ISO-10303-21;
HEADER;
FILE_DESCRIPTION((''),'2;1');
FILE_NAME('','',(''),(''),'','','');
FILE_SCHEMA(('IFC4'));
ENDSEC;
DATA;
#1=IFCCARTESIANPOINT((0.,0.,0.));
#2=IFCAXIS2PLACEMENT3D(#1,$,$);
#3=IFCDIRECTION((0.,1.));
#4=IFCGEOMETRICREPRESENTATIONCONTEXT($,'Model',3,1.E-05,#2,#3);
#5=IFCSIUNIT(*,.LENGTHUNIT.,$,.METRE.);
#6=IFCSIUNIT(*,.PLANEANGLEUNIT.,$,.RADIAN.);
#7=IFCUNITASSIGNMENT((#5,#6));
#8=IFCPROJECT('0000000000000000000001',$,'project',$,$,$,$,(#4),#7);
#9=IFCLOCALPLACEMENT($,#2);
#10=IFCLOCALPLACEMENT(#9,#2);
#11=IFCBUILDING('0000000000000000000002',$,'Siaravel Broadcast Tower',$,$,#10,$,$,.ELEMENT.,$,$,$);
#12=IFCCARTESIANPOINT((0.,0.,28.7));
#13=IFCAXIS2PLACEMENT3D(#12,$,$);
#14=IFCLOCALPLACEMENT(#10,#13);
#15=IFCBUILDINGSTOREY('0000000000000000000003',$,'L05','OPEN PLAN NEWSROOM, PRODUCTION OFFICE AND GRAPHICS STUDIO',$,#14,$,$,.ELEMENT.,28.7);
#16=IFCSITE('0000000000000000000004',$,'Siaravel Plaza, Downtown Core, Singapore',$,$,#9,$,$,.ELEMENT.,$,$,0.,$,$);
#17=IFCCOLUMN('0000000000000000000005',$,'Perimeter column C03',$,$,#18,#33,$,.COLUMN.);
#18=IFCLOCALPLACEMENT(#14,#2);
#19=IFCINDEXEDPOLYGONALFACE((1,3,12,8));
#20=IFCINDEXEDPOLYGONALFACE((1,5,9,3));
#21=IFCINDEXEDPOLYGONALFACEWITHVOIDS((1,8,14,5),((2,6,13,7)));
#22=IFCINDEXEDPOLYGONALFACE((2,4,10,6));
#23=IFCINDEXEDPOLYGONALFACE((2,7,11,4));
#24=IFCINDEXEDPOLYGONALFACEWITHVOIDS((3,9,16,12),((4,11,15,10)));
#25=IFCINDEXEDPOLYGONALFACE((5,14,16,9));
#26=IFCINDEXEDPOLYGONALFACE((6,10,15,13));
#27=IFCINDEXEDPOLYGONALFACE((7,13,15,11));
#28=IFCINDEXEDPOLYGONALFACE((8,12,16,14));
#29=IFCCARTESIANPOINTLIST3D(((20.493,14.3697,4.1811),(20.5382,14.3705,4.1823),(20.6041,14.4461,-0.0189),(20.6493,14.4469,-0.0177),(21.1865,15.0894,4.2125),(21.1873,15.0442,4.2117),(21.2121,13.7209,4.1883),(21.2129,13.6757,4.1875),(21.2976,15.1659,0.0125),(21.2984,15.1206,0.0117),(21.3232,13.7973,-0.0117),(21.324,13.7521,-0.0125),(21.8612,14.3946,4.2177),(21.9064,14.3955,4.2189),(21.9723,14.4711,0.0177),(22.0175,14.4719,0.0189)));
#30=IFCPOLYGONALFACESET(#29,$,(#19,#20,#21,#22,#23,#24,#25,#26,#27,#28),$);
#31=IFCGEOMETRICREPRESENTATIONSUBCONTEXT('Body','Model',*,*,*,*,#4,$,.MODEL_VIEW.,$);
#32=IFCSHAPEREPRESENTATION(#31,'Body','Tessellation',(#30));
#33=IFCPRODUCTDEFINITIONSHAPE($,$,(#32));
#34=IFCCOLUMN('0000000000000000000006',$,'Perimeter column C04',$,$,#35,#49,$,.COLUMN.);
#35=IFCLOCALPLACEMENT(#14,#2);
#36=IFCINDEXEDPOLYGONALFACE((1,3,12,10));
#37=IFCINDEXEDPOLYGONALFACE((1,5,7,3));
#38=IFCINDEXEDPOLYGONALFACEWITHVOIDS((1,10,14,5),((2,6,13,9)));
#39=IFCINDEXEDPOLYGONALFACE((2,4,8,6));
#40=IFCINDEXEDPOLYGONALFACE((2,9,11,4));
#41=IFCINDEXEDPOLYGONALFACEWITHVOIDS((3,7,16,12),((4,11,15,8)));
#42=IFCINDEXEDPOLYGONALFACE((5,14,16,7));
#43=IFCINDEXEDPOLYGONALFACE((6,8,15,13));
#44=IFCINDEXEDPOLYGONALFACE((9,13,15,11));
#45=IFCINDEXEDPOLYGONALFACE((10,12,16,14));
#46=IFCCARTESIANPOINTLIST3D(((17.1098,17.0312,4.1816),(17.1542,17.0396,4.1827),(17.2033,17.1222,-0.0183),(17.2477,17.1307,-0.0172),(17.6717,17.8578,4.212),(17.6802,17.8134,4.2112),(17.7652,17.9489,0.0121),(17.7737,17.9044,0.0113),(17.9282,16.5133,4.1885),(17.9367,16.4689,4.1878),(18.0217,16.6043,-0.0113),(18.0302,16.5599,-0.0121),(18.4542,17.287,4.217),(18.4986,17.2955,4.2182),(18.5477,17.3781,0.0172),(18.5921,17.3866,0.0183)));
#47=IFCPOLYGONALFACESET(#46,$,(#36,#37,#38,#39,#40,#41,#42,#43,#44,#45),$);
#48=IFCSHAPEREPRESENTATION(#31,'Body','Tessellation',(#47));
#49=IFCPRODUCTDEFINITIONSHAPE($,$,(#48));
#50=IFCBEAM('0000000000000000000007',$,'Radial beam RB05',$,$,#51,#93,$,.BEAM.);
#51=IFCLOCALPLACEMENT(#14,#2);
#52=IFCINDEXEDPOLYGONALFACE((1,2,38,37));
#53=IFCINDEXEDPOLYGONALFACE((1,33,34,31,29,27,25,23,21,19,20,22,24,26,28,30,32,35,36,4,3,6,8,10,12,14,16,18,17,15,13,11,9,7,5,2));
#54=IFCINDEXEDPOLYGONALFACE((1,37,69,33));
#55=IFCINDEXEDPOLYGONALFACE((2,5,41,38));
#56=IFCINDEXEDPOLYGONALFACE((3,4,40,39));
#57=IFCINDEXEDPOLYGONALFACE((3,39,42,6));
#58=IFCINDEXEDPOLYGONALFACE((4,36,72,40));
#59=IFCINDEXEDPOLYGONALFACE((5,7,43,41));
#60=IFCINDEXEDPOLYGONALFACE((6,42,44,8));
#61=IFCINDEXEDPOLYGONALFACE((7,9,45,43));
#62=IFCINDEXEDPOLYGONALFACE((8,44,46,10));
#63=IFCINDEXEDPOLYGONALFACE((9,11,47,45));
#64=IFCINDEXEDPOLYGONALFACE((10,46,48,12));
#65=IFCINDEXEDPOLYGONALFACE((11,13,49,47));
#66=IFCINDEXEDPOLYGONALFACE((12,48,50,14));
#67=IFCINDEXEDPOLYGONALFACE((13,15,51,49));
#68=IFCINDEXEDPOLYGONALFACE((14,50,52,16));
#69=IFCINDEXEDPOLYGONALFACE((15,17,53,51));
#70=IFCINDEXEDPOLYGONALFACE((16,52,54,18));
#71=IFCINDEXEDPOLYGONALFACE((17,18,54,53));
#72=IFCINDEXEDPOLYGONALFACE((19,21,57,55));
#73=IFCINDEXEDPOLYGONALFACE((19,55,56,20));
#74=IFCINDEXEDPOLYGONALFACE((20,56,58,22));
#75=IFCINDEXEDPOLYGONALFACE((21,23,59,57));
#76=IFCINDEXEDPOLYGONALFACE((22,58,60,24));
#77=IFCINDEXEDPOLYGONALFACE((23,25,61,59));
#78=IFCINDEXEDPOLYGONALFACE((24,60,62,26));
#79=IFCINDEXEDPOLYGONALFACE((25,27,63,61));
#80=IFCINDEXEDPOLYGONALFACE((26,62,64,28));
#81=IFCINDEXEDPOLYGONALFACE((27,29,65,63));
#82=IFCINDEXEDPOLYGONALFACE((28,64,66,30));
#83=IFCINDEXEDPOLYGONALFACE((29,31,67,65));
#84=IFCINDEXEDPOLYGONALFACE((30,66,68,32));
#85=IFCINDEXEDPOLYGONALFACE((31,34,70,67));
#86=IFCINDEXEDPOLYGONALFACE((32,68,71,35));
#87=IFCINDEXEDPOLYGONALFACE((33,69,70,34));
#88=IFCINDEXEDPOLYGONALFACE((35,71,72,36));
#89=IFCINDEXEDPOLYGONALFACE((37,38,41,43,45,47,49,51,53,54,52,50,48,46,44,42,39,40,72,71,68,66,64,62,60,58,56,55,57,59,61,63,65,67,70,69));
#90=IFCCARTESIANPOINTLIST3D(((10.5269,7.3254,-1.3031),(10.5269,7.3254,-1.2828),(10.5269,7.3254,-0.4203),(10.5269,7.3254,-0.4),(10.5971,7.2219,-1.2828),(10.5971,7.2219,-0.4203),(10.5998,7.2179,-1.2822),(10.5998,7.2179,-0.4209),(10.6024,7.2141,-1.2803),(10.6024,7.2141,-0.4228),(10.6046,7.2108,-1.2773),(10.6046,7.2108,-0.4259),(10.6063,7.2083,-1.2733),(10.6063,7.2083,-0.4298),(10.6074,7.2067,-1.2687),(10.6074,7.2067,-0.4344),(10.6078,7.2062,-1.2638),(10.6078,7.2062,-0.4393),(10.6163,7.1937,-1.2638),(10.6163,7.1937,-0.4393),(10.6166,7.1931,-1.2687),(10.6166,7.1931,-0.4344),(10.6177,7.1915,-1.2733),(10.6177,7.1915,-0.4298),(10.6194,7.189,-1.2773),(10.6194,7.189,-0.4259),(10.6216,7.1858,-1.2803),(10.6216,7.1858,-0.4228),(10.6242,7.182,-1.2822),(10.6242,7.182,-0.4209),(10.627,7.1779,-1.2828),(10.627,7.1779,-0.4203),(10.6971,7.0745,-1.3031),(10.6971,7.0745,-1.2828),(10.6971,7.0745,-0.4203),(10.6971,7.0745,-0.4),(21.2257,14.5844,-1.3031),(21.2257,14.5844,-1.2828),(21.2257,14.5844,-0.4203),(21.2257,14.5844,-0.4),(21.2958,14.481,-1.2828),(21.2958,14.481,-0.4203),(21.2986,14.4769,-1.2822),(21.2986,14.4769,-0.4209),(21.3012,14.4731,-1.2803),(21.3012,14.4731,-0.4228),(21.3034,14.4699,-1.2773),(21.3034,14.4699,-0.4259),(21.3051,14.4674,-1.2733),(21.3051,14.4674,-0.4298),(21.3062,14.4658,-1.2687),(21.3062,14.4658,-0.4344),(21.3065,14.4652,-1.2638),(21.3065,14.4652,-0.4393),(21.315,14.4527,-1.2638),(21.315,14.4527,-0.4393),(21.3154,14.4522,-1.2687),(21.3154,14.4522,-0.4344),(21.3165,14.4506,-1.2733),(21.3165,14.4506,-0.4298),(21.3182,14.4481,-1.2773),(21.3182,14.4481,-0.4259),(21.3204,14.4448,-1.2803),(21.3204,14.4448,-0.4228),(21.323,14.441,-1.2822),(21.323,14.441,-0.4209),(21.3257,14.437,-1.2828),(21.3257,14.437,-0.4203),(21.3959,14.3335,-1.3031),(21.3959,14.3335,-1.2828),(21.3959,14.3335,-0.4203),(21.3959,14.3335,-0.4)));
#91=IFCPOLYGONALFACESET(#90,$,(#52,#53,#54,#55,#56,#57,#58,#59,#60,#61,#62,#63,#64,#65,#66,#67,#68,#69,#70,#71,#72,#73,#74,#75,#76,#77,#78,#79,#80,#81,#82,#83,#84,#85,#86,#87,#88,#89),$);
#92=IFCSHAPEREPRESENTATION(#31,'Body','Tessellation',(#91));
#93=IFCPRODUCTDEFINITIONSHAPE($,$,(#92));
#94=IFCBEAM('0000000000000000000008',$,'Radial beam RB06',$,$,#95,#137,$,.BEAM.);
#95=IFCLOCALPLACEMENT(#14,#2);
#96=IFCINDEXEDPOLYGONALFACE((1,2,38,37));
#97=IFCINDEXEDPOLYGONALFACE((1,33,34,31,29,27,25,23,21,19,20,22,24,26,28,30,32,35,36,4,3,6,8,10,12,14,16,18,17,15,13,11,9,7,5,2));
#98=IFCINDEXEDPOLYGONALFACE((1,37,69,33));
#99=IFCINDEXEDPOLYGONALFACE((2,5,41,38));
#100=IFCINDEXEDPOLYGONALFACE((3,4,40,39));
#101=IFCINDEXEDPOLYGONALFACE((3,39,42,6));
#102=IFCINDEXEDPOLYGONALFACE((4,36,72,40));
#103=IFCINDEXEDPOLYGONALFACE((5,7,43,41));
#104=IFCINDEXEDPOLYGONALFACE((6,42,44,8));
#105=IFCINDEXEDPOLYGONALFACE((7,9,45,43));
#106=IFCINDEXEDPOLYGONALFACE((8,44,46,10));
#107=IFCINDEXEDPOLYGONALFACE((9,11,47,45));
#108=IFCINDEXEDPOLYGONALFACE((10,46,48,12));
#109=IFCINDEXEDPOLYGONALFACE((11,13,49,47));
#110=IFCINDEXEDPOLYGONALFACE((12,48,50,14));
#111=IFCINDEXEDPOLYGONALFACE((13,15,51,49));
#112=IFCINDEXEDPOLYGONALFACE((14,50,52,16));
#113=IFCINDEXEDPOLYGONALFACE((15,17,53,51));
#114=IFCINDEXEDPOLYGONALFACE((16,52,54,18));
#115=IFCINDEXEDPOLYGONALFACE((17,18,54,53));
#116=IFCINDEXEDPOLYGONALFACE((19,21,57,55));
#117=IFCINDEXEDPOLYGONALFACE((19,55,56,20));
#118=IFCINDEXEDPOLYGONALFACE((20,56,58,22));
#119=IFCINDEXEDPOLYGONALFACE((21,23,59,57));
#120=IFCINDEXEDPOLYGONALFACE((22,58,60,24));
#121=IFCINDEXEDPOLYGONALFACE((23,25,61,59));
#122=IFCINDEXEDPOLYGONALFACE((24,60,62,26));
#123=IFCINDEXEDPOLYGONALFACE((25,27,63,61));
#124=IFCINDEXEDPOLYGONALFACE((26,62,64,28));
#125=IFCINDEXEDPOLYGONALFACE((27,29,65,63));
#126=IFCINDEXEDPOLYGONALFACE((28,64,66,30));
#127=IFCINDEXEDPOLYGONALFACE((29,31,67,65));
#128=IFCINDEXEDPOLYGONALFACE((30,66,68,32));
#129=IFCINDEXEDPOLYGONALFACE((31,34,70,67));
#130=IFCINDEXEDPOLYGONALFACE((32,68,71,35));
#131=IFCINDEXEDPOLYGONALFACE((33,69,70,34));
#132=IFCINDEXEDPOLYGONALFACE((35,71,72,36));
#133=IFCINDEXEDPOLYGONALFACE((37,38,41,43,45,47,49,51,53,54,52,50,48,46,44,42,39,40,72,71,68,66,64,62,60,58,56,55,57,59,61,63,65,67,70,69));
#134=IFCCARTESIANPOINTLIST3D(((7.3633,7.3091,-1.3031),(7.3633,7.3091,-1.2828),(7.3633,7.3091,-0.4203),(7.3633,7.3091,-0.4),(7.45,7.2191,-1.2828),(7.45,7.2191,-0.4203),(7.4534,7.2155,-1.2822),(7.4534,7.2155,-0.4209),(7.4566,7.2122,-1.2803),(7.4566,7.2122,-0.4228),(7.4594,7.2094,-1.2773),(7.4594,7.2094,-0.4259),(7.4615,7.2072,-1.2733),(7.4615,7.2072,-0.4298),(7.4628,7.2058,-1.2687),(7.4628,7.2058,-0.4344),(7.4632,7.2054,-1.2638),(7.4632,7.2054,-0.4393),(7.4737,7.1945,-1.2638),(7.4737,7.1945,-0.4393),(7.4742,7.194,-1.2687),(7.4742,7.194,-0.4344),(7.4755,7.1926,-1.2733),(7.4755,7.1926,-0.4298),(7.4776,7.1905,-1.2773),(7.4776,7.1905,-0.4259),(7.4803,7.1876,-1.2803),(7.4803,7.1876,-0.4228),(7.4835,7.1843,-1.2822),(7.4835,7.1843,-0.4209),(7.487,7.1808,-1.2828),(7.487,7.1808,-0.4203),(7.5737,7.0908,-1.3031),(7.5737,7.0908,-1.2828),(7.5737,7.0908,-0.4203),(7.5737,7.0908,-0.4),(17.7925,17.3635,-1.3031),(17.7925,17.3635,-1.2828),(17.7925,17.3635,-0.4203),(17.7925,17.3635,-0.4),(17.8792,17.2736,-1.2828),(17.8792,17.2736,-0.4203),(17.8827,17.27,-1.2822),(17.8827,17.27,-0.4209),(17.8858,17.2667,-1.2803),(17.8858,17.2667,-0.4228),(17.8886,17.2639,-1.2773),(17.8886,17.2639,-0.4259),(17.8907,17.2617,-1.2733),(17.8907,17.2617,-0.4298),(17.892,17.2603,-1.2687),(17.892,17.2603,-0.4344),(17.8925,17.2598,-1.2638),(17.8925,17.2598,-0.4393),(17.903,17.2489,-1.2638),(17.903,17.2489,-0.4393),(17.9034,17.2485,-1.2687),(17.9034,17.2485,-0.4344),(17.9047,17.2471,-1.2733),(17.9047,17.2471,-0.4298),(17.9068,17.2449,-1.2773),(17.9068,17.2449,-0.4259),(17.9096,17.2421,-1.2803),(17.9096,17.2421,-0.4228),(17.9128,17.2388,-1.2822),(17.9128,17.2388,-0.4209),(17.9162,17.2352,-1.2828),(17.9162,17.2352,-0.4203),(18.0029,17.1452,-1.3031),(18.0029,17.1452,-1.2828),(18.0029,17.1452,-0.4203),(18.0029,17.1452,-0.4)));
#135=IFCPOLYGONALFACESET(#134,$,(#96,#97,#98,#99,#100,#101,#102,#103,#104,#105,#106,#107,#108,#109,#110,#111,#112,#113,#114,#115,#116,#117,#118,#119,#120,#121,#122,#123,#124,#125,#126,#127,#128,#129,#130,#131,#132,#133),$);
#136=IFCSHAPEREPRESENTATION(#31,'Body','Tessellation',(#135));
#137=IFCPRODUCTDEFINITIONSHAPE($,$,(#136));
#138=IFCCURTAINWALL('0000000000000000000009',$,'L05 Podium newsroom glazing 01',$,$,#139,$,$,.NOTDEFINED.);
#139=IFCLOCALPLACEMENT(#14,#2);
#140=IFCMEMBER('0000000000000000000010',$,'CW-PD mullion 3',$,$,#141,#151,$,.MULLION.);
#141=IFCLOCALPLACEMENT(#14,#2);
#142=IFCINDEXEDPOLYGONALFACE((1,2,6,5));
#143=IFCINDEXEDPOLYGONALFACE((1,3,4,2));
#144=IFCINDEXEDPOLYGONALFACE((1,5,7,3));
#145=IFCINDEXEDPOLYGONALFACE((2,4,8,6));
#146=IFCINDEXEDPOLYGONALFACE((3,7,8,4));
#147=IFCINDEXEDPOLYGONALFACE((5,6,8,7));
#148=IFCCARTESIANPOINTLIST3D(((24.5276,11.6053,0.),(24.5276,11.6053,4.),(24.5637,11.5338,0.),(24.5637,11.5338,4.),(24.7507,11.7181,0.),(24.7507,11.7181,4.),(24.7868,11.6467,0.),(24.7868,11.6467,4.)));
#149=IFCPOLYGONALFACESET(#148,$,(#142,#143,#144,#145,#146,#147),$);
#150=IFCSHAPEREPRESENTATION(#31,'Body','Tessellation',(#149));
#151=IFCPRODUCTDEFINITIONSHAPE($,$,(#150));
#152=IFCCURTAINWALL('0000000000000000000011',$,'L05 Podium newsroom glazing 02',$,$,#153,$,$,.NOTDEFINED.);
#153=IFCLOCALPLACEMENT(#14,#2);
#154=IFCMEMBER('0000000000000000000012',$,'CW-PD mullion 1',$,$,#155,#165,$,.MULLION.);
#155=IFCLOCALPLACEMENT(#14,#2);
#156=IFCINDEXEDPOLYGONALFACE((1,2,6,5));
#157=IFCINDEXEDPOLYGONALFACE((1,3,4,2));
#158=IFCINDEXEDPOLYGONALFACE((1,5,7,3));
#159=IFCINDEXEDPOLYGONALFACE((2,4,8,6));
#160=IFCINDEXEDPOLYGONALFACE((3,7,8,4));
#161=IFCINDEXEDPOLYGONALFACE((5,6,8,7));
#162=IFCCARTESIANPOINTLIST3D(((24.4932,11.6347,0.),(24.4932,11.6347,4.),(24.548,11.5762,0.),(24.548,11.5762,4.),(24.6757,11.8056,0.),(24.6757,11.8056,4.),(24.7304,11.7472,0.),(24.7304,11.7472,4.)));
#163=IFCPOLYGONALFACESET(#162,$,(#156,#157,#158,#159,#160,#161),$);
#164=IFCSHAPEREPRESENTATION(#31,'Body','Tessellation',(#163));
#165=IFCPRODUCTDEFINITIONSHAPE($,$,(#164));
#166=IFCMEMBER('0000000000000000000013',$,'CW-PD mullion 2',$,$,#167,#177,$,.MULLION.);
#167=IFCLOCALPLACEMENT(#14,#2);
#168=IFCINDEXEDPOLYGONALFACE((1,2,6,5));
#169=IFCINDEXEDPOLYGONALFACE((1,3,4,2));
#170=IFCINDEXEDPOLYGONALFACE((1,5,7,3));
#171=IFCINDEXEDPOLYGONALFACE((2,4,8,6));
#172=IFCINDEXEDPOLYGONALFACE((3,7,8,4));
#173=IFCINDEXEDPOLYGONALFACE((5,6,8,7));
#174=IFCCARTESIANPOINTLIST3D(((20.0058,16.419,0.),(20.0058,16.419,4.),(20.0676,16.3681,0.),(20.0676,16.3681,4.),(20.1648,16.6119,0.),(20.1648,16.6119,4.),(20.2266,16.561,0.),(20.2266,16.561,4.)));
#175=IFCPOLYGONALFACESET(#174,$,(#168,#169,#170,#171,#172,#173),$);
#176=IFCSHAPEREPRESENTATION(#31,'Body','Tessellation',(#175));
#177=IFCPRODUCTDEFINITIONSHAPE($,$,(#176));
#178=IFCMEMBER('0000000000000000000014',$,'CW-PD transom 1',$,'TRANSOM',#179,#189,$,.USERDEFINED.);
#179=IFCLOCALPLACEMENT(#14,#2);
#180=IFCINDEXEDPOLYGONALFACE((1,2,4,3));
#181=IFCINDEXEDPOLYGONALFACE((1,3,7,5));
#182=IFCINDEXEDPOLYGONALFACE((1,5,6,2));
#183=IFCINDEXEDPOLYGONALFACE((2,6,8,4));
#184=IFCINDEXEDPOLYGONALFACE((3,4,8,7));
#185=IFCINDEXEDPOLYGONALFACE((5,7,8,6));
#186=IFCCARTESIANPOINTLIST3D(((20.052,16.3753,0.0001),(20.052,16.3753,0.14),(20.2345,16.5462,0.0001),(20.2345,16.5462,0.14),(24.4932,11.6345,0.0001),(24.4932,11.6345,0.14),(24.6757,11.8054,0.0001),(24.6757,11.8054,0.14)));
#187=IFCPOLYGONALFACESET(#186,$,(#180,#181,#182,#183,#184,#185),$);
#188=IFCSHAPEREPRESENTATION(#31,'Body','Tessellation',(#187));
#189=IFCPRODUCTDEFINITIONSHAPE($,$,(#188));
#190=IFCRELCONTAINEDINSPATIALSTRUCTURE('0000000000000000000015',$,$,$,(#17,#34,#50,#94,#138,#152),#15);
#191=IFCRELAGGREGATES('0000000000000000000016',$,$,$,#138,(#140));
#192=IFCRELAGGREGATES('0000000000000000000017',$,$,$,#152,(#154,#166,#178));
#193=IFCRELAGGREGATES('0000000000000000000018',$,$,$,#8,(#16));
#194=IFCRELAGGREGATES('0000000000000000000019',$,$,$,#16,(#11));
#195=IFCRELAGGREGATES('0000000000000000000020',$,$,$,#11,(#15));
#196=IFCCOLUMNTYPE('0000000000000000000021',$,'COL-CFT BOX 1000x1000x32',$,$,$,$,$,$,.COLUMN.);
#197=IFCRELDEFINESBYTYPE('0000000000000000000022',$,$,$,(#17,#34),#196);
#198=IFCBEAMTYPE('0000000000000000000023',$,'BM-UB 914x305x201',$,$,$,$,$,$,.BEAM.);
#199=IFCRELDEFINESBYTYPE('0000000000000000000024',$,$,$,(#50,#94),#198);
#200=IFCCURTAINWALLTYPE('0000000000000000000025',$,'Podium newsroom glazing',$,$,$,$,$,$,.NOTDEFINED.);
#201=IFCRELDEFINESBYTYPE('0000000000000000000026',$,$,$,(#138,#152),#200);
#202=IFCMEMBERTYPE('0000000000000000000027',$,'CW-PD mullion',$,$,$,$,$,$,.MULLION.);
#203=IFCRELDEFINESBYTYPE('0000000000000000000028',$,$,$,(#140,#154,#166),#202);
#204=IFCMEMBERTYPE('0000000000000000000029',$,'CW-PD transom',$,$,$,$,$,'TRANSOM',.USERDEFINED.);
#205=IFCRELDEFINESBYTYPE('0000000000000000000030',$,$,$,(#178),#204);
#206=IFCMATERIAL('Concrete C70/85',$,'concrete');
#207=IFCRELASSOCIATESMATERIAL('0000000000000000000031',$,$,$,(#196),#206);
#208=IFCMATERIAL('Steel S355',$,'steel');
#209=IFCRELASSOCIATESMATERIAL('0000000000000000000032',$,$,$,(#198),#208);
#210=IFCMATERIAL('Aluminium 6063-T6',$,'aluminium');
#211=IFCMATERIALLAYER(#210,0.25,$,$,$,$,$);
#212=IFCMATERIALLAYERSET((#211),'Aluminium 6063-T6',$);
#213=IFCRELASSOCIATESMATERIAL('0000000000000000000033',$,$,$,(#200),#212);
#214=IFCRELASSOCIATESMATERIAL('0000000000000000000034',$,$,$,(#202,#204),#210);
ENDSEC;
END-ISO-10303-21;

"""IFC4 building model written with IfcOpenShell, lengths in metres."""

from ifc_helpers import new_model, si_unit, direction, frame, origin, origin_2d, place, context, subcontext, project, spatial, rectangle, hollow_rectangle, i_section, extrude, material, layer, layer_set, material_profile, profile_set, type_object, element, aggregate, save


model = new_model("IFC4")

# Units and contexts
model_context = context("Model", 3, precision=1e-05, world=origin(), true_north=direction((0.0, 1.0)))
body_context = subcontext(model_context, "Body", "Model", "MODEL_VIEW")
ifc_project = project(units=[si_unit("LENGTHUNIT", "METRE"), si_unit("PLANEANGLEUNIT", "RADIAN")], contexts=[model_context])

# Site, building, storey
site_placement = place(None, origin())
site = spatial("IfcSite", under=ifc_project, at=site_placement, Name="Siaravel Plaza, Downtown Core, Singapore", CompositionType="ELEMENT", RefElevation=0.0)
building_placement = place(site_placement, origin())
building = spatial("IfcBuilding", under=site, at=building_placement, Name="Siaravel Broadcast Tower", CompositionType="ELEMENT")
storey_placement = place(building_placement, frame((0.0, 0.0, 28.7)))
storey = spatial("IfcBuildingStorey", under=building, at=storey_placement, Name="L05", Description="OPEN PLAN NEWSROOM, PRODUCTION OFFICE AND GRAPHICS STUDIO", CompositionType="ELEMENT", Elevation=28.7)

# Columns
ifc_material_1 = material(Name="Concrete C70/85", Category="concrete")
ifc_material_profile_1 = material_profile(ifc_material_1, hollow_rectangle(XDim=1.0, YDim=1.0, WallThickness=0.032, at=origin_2d()))
ifc_profile_set_1 = profile_set([ifc_material_profile_1], Name="Concrete C70/85")
column_type = type_object("IfcColumnType", Name="COL-CFT BOX 1000x1000x32", PredefinedType="COLUMN", material=ifc_profile_set_1)
column_1_placement = place(storey_placement, frame((21.3108, 14.459, 0.0), z_axis=(-0.026435, -0.018185, 0.999485), x_axis=(0.719977, -0.693969, 0.006416)))
element("IfcColumn", 1, at=column_1_placement, inside=storey, type_object=column_type, Name="Perimeter column C03", PredefinedType="COLUMN", context=body_context, shape_type="SweptSolid", body=[
    extrude(hollow_rectangle(XDim=1.0, YDim=1.0, WallThickness=0.032, at=origin_2d()), origin(), (0.0, 0.0, 1.0), 4.2021),
])
column_2_placement = place(storey_placement, frame((17.8977, 17.2544, 0.0), z_axis=(-0.022253, -0.021672, 0.999517), x_axis=(0.826905, -0.562307, 0.006218)))
element("IfcColumn", 2, at=column_2_placement, inside=storey, type_object=column_type, Name="Perimeter column C04", PredefinedType="COLUMN", context=body_context, shape_type="SweptSolid", body=[
    extrude(hollow_rectangle(XDim=1.0, YDim=1.0, WallThickness=0.032, at=origin_2d()), origin(), (0.0, 0.0, 1.0), 4.2019),
])

# Beams
ifc_material_2 = material(Name="Steel S355", Category="steel")
ifc_material_profile_2 = material_profile(ifc_material_2, i_section(OverallWidth=0.3032, OverallDepth=0.9031, WebThickness=0.0151, FlangeThickness=0.0203, FilletRadius=0.019, at=origin_2d()))
ifc_profile_set_2 = profile_set([ifc_material_profile_2], Name="Steel S355")
beam_type = type_object("IfcBeamType", Name="BM-UB 914x305x201", PredefinedType="BEAM", material=ifc_profile_set_2)
beam_1_placement = place(storey_placement, frame((21.3108, 14.459, -0.8516), z_axis=(-0.827505, -0.561458, 0.0), x_axis=(0.561458, -0.827505, 0.0)))
element("IfcBeam", 3, at=beam_1_placement, inside=storey, type_object=beam_type, Name="Radial beam RB05", PredefinedType="BEAM", context=body_context, shape_type="SweptSolid", body=[
    extrude(i_section(OverallWidth=0.3032, OverallDepth=0.9031, WebThickness=0.0151, FlangeThickness=0.0203, FilletRadius=0.019, at=origin_2d()), origin(), (0.0, 0.0, 1.0), 12.929),
])
beam_2_placement = place(storey_placement, frame((17.8977, 17.2544, -0.8516), z_axis=(-0.719923, -0.694054, 0.0), x_axis=(0.694054, -0.719923, 0.0)))
element("IfcBeam", 4, at=beam_2_placement, inside=storey, type_object=beam_type, Name="Radial beam RB06", PredefinedType="BEAM", context=body_context, shape_type="SweptSolid", body=[
    extrude(i_section(OverallWidth=0.3032, OverallDepth=0.9031, WebThickness=0.0151, FlangeThickness=0.0203, FilletRadius=0.019, at=origin_2d()), origin(), (0.0, 0.0, 1.0), 14.4866),
])

# Curtain wall, member
ifc_material_3 = material(Name="Aluminium 6063-T6", Category="aluminium")
ifc_layer_1 = layer(ifc_material_3, 0.25)
ifc_layer_set_1 = layer_set([ifc_layer_1], Name="Aluminium 6063-T6")
curtain_wall_type = type_object("IfcCurtainWallType", Name="Podium newsroom glazing", PredefinedType="NOTDEFINED", material=ifc_layer_set_1)
curtain_wall_1_placement = place(storey_placement, origin())
curtain_wall_1 = element("IfcCurtainWall", 5, at=curtain_wall_1_placement, inside=storey, type_object=curtain_wall_type, Name="L05 Podium newsroom glazing 01", PredefinedType="NOTDEFINED")
ifc_material_profile_3 = material_profile(ifc_material_3, rectangle(XDim=0.25, YDim=0.0801, at=origin_2d()))
ifc_profile_set_3 = profile_set([ifc_material_profile_3], Name="Aluminium 6063-T6")
member_type_1 = type_object("IfcMemberType", Name="CW-PD mullion", PredefinedType="MULLION", material=ifc_profile_set_3)
member_1_placement = place(storey_placement, frame((24.6572, 11.626, 0.0), z_axis=(0.0, 0.0, 1.0), x_axis=(-0.892391, -0.451262, 0.0)))
member_1 = element("IfcMember", 6, at=member_1_placement, type_object=member_type_1, Name="CW-PD mullion 3", PredefinedType="MULLION", context=body_context, shape_type="SweptSolid", body=[
    extrude(rectangle(XDim=0.25, YDim=0.0801, at=origin_2d()), origin(), (0.0, 0.0, 1.0), 4.0),
])
aggregate(curtain_wall_1, [member_1])

# Curtain wall, members
curtain_wall_2_placement = place(storey_placement, origin())
curtain_wall_2 = element("IfcCurtainWall", 7, at=curtain_wall_2_placement, inside=storey, type_object=curtain_wall_type, Name="L05 Podium newsroom glazing 02", PredefinedType="NOTDEFINED")
member_2_placement = place(storey_placement, frame((24.6118, 11.6909, 0.0), z_axis=(0.0, 0.0, 1.0), x_axis=(-0.729804, -0.683656, 0.0)))
member_2 = element("IfcMember", 8, at=member_2_placement, type_object=member_type_1, Name="CW-PD mullion 1", PredefinedType="MULLION", context=body_context, shape_type="SweptSolid", body=[
    extrude(rectangle(XDim=0.25, YDim=0.0801, at=origin_2d()), origin(), (0.0, 0.0, 1.0), 4.0),
])
member_3_placement = place(storey_placement, frame((20.1162, 16.49, 0.0), z_axis=(0.0, 0.0, 1.0), x_axis=(-0.636218, -0.77151, 0.0)))
member_3 = element("IfcMember", 9, at=member_3_placement, type_object=member_type_1, Name="CW-PD mullion 2", PredefinedType="MULLION", context=body_context, shape_type="SweptSolid", body=[
    extrude(rectangle(XDim=0.25, YDim=0.0801, at=origin_2d()), origin(), (0.0, 0.0, 1.0), 4.0),
])
ifc_material_profile_4 = material_profile(ifc_material_3, rectangle(XDim=0.25, YDim=0.1399, at=origin_2d()))
ifc_profile_set_4 = profile_set([ifc_material_profile_4], Name="Aluminium 6063-T6")
member_type_2 = type_object("IfcMemberType", Name="CW-PD transom", ElementType="TRANSOM", PredefinedType="USERDEFINED", material=ifc_profile_set_4)
member_4_placement = place(storey_placement, frame((24.5845, 11.72, 0.0701), z_axis=(-0.683674, 0.729788, 0.0), x_axis=(-0.729788, -0.683674, 0.0)))
member_4 = element("IfcMember", 10, at=member_4_placement, type_object=member_type_2, Name="CW-PD transom 1", ObjectType="TRANSOM", PredefinedType="USERDEFINED", context=body_context, shape_type="SweptSolid", body=[
    extrude(rectangle(XDim=0.25, YDim=0.1399, at=origin_2d()), origin(), (0.0, 0.0, 1.0), 6.4961),
])

aggregate(curtain_wall_2, [member_2, member_3, member_4])

save(model, "model.ifc")
